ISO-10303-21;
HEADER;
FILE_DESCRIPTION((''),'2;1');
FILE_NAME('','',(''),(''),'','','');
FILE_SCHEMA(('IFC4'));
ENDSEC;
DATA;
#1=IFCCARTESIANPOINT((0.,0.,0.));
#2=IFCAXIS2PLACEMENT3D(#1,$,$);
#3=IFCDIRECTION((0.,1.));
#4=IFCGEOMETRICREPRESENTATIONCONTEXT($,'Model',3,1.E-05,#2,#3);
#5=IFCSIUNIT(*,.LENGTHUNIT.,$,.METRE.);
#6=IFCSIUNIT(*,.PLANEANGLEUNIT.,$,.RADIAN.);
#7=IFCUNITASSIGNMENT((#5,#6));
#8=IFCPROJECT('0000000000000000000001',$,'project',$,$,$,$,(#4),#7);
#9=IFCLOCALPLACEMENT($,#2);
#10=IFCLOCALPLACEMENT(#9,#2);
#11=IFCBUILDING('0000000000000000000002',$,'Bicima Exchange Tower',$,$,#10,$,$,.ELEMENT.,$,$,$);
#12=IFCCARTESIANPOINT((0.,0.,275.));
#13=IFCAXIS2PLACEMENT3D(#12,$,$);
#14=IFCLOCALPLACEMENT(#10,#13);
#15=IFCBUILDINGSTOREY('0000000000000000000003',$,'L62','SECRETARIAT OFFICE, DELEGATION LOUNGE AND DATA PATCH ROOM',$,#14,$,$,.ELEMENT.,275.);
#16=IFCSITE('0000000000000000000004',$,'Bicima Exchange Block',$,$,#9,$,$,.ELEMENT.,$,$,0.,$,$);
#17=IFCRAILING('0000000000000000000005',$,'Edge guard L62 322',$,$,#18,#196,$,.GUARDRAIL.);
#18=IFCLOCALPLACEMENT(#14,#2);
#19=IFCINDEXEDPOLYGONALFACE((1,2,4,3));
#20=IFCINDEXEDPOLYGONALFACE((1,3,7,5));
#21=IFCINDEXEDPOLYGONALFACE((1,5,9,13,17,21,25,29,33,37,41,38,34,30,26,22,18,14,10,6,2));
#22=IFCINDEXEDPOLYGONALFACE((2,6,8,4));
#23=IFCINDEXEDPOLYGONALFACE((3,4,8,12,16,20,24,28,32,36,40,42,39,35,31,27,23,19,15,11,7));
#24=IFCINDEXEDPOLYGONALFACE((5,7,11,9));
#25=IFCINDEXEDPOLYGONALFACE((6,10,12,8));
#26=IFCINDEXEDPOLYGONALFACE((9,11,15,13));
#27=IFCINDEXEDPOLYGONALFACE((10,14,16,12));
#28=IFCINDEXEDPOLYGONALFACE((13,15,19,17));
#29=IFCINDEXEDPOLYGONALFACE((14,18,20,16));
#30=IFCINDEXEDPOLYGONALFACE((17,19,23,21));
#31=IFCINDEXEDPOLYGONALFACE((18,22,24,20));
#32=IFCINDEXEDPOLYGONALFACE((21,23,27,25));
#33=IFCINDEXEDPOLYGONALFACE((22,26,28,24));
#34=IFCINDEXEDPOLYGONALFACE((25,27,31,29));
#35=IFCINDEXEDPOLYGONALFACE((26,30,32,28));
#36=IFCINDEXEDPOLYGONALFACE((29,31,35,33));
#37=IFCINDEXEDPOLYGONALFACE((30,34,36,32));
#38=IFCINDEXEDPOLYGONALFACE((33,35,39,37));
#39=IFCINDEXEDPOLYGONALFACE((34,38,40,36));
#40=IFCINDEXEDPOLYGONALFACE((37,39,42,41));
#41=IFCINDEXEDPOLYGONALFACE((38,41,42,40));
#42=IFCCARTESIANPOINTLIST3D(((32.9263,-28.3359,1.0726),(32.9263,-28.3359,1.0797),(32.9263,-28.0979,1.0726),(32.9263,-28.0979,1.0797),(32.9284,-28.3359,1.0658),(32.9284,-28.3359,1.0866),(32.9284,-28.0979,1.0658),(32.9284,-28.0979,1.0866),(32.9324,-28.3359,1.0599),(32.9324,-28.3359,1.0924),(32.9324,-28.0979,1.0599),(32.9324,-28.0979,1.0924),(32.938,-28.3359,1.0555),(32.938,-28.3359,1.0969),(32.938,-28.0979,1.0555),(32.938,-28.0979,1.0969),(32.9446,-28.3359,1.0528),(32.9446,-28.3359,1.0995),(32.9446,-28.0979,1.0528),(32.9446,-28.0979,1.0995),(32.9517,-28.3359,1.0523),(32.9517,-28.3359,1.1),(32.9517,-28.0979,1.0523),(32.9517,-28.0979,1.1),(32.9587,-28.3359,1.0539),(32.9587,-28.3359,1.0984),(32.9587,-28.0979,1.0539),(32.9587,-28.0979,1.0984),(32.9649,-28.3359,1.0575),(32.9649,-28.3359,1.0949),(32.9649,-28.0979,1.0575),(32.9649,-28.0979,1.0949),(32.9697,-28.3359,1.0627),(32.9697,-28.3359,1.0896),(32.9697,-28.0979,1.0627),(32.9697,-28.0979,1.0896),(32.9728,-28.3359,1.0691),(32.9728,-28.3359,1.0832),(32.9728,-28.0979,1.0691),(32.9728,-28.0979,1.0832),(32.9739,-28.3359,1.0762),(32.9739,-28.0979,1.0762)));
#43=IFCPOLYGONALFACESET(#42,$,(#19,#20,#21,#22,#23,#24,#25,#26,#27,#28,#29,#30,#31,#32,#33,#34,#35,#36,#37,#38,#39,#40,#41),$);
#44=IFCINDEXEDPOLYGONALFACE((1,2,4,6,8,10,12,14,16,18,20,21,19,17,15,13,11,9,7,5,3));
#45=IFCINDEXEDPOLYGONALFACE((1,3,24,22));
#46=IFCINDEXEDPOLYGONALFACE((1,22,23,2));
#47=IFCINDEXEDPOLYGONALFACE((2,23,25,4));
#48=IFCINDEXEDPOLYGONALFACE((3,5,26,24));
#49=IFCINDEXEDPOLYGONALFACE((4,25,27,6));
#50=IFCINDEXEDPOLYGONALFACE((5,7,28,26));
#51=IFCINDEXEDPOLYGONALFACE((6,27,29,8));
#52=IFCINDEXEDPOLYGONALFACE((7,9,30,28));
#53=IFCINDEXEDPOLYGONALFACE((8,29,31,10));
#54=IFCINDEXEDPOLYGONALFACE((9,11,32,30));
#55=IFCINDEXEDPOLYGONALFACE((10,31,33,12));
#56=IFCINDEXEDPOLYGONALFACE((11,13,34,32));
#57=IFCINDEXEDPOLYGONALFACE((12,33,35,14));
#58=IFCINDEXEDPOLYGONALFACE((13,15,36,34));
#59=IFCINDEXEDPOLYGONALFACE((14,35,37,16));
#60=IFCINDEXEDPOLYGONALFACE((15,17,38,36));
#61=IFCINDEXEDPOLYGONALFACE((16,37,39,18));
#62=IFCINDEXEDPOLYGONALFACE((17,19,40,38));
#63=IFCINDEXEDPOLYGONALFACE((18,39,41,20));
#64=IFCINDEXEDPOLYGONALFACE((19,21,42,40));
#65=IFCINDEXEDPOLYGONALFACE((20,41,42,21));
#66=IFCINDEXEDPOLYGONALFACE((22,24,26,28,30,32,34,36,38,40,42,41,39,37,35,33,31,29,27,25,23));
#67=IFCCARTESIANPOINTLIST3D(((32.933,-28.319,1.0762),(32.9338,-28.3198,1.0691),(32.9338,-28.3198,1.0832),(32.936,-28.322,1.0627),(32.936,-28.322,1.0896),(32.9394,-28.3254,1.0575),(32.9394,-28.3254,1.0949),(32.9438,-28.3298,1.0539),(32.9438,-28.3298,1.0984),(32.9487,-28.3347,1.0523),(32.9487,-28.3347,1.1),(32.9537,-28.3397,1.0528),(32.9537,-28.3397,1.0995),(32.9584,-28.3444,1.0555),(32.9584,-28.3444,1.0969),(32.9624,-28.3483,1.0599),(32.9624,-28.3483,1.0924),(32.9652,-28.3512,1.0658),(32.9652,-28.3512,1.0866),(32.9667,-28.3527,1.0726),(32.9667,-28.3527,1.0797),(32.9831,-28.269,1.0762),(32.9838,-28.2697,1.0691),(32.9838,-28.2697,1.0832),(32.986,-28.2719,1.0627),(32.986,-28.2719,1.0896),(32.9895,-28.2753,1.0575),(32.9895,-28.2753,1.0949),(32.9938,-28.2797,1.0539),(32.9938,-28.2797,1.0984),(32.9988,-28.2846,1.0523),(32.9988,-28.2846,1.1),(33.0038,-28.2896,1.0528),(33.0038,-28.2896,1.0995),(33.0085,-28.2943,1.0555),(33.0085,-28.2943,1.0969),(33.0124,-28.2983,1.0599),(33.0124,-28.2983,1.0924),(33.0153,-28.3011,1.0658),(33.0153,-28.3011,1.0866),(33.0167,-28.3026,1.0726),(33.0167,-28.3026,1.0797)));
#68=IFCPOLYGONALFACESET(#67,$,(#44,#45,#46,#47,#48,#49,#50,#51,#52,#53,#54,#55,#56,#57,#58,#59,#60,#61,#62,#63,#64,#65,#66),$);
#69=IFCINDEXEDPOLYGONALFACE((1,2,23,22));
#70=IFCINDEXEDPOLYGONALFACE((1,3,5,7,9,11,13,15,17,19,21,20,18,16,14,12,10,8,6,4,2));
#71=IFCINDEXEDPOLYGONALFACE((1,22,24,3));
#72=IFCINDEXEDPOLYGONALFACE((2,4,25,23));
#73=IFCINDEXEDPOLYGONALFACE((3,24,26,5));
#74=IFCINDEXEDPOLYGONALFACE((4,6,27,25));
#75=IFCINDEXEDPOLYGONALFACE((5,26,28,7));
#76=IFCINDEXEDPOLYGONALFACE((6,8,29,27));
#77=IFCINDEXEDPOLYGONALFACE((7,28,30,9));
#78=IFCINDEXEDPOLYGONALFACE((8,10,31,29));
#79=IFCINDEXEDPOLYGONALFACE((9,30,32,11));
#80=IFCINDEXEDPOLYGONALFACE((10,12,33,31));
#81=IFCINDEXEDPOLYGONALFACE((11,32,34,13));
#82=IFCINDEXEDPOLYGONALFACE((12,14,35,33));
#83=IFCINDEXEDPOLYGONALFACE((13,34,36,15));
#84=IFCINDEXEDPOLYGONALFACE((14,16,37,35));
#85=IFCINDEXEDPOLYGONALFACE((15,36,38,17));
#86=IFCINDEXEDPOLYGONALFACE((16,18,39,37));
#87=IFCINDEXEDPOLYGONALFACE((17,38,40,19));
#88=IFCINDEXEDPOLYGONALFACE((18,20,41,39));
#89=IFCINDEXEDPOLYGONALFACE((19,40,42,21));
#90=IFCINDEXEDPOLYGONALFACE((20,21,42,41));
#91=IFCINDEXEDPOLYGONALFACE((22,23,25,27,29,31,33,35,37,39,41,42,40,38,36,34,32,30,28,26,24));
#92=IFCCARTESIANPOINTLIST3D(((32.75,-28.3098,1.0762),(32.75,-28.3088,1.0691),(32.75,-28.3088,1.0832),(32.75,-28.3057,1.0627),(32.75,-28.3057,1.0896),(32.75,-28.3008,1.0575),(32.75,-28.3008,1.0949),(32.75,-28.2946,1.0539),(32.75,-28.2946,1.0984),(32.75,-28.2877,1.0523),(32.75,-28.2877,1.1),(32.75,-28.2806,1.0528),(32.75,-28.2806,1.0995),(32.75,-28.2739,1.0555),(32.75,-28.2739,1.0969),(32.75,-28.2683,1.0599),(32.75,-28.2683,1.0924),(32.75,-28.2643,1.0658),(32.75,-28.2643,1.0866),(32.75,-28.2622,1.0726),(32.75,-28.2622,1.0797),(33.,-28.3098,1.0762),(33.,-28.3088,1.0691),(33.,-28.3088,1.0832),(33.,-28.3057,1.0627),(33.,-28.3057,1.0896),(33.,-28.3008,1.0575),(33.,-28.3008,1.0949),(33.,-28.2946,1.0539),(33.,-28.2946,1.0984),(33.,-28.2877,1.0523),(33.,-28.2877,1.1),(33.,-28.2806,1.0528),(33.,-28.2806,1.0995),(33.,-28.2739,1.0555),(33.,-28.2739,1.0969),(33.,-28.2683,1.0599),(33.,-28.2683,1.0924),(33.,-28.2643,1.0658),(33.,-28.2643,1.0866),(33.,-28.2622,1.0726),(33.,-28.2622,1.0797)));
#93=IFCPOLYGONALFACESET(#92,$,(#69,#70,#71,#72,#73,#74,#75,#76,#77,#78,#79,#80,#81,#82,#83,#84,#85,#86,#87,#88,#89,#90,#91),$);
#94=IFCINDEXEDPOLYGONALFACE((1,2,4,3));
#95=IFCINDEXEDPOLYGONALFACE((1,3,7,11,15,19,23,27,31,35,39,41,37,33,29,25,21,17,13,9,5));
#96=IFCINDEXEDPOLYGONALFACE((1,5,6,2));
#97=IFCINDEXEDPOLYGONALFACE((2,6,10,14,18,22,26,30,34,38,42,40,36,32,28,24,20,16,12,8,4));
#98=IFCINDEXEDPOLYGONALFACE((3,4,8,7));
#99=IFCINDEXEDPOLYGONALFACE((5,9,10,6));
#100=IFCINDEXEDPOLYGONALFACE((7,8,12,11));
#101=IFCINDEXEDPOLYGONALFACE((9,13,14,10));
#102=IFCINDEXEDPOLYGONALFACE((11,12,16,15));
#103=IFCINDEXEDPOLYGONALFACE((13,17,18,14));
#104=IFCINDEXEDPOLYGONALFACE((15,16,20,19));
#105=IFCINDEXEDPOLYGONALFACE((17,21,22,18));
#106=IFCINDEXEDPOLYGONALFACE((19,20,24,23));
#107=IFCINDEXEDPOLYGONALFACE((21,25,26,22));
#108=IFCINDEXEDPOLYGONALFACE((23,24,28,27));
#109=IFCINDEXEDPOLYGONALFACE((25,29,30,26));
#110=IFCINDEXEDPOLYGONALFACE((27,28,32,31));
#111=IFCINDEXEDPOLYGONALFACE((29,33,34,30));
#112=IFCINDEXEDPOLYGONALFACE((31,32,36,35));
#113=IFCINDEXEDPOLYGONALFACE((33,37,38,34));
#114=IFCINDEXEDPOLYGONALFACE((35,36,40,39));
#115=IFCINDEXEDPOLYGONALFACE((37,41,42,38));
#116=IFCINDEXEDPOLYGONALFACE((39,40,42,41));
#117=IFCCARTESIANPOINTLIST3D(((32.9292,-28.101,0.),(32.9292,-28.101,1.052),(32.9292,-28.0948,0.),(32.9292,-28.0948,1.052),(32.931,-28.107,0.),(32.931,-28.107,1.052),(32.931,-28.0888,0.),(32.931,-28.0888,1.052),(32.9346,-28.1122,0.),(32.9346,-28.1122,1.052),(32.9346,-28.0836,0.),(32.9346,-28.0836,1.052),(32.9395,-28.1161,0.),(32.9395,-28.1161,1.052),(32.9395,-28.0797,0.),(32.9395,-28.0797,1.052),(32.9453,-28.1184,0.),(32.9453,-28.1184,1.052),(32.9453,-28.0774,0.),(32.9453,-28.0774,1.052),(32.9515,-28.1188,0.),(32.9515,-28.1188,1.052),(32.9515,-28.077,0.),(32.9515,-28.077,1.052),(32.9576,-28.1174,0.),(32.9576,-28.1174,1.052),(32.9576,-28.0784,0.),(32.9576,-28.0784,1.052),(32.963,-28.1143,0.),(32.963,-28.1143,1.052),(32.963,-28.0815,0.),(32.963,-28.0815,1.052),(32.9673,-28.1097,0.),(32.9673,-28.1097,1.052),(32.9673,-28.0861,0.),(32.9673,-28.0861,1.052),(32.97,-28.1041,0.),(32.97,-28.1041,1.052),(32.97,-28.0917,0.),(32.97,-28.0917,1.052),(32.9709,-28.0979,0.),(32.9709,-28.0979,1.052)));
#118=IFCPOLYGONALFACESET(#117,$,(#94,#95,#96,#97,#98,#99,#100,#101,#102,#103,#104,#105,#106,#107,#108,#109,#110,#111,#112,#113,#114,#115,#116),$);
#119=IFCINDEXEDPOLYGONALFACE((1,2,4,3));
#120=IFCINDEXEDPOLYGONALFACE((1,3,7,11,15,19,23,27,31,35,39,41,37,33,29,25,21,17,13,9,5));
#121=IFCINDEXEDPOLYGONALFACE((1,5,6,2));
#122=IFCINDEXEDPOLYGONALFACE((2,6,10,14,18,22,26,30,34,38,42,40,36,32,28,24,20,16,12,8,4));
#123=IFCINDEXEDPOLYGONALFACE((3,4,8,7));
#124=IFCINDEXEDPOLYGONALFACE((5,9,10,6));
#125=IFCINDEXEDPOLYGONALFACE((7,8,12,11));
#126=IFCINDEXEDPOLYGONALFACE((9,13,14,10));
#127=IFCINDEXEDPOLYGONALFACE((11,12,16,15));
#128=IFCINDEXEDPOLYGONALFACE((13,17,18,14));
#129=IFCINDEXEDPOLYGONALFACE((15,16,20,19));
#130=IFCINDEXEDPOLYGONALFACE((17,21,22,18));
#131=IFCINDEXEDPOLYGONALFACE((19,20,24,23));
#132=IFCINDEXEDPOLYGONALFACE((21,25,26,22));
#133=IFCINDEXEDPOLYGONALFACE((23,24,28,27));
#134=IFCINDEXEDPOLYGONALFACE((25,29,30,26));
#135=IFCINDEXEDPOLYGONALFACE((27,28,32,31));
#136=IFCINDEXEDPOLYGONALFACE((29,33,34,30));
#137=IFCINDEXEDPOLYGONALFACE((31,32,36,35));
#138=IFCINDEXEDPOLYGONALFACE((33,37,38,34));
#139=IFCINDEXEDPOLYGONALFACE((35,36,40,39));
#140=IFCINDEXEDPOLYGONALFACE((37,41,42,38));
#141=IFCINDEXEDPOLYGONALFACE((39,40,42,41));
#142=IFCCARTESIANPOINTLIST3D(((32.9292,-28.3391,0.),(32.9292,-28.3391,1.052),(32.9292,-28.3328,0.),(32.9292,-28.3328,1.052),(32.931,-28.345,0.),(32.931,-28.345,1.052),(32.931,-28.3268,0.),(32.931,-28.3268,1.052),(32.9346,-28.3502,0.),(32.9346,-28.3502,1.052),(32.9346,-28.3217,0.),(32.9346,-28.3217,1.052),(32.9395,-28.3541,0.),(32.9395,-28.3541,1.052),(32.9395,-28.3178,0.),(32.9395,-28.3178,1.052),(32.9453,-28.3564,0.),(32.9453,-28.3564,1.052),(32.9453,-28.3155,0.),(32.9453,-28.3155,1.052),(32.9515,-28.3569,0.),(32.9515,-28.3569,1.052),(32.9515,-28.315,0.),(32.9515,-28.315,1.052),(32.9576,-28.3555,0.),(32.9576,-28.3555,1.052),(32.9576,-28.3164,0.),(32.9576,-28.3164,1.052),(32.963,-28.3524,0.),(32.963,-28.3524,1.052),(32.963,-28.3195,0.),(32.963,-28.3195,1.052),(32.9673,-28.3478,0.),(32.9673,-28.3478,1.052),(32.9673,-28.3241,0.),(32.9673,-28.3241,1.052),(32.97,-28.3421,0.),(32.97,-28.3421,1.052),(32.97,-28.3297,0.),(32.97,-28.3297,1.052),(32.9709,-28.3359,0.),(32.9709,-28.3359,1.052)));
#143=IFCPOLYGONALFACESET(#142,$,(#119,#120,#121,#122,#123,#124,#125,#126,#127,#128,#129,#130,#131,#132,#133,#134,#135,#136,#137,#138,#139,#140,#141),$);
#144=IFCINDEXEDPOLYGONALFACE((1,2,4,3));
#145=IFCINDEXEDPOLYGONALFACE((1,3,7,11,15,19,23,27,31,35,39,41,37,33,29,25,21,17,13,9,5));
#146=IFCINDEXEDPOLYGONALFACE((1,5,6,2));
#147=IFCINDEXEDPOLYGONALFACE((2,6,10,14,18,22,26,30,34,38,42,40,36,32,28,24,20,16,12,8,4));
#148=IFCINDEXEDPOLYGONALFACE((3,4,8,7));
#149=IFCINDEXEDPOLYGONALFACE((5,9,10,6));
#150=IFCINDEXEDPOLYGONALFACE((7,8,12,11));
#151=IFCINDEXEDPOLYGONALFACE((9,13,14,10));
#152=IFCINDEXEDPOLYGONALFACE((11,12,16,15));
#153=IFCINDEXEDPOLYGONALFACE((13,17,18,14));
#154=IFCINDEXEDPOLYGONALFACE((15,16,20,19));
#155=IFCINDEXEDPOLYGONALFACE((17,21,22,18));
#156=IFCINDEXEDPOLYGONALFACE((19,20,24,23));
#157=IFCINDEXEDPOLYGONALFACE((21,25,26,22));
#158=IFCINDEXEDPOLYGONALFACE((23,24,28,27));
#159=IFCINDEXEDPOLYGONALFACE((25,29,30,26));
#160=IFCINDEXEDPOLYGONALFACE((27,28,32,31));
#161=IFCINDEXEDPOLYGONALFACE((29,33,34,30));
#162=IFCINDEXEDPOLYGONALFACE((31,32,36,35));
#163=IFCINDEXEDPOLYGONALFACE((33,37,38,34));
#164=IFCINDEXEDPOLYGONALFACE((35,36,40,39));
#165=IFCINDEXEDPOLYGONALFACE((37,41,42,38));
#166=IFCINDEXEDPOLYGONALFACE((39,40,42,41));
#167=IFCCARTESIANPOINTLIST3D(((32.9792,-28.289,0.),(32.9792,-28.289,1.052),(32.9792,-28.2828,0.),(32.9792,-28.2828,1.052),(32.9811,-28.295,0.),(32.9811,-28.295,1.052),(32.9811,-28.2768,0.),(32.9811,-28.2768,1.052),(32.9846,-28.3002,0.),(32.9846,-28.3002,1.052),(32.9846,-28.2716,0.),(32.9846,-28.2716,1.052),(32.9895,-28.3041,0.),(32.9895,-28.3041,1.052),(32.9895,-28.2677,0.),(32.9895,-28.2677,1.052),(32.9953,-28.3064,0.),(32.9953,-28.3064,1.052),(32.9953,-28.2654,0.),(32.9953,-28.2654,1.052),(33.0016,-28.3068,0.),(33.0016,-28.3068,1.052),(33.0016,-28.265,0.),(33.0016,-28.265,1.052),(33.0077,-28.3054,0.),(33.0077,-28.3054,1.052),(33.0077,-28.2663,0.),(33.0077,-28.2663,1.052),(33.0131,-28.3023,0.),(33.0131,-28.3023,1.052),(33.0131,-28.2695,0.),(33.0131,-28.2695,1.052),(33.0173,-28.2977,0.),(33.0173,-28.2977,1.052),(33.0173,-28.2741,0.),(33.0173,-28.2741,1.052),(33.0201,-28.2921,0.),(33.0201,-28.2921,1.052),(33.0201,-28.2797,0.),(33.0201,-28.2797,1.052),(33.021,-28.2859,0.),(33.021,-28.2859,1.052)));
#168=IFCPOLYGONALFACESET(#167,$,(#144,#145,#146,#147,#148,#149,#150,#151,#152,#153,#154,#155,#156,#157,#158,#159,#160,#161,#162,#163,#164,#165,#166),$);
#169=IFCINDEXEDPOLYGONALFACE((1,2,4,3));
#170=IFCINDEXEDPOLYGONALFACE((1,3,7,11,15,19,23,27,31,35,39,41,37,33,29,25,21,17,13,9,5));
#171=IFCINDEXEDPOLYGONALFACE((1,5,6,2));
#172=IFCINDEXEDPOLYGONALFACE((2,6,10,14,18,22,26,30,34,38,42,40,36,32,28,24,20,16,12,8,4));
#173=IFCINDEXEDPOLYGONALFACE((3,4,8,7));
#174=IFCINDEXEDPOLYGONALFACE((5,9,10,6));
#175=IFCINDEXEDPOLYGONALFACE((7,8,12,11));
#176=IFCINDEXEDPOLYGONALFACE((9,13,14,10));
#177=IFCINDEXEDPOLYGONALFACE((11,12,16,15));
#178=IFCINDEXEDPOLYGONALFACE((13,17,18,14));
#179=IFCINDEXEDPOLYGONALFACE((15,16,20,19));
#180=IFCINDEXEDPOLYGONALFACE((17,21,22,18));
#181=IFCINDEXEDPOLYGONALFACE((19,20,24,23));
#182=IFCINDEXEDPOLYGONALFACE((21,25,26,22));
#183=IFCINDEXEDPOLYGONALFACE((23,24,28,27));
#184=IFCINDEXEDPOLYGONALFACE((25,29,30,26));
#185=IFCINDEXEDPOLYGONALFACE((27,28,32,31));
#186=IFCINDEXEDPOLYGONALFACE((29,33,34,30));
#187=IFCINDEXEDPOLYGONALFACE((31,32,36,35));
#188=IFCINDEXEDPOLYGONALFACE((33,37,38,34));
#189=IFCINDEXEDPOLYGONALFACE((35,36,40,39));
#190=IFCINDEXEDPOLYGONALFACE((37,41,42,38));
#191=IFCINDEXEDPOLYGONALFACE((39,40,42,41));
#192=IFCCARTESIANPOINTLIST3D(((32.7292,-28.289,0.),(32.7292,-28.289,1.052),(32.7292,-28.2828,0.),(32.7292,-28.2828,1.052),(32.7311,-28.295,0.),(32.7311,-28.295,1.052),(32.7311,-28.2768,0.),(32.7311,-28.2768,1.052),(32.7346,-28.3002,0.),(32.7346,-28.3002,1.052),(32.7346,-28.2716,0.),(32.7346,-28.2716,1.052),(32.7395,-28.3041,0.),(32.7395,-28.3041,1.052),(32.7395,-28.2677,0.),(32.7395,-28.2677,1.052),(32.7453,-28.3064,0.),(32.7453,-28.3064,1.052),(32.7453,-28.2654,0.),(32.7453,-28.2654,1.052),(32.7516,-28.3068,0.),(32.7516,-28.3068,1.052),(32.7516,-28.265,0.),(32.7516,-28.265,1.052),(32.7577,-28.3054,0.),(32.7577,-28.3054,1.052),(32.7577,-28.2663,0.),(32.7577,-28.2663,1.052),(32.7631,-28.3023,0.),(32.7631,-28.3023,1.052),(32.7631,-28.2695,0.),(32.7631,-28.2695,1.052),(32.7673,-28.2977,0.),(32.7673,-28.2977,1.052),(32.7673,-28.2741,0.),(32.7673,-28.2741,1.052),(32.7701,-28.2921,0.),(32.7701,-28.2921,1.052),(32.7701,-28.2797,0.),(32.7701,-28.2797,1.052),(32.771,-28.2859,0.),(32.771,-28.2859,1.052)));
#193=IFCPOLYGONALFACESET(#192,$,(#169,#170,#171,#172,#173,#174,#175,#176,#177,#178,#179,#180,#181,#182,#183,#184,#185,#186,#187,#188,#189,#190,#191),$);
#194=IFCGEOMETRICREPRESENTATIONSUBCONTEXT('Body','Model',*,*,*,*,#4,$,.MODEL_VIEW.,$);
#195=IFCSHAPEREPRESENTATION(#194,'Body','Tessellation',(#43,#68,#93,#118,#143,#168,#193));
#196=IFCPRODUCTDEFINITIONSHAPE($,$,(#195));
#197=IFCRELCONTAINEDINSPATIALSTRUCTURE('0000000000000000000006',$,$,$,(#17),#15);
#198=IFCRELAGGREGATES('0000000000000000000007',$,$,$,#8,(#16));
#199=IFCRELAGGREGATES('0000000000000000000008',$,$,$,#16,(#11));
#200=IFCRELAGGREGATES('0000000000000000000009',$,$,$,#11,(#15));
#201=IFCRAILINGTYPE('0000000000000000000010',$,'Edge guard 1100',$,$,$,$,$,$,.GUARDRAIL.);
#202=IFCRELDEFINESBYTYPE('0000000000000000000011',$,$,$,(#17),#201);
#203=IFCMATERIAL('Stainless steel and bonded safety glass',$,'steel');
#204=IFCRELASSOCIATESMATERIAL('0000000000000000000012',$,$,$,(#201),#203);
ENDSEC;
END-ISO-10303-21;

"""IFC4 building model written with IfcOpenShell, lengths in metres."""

from ifc_helpers import new_model, si_unit, direction, frame, origin, origin_2d, place, context, subcontext, project, spatial, circle, extrude, material, type_object, element, save


model = new_model("IFC4")

# Units and contexts
model_context = context("Model", 3, precision=1e-05, world=origin(), true_north=direction((0.0, 1.0)))
body_context = subcontext(model_context, "Body", "Model", "MODEL_VIEW")
ifc_project = project(units=[si_unit("LENGTHUNIT", "METRE"), si_unit("PLANEANGLEUNIT", "RADIAN")], contexts=[model_context])

# Site, building, storey
site_placement = place(None, origin())
site = spatial("IfcSite", under=ifc_project, at=site_placement, Name="Bicima Exchange Block", CompositionType="ELEMENT", RefElevation=0.0)
building_placement = place(site_placement, origin())
building = spatial("IfcBuilding", under=site, at=building_placement, Name="Bicima Exchange Tower", CompositionType="ELEMENT")
storey_placement = place(building_placement, frame((0.0, 0.0, 275.0)))
storey = spatial("IfcBuildingStorey", under=building, at=storey_placement, Name="L62", Description="SECRETARIAT OFFICE, DELEGATION LOUNGE AND DATA PATCH ROOM", CompositionType="ELEMENT", Elevation=275.0)

# Railing
ifc_material_1 = material(Name="Stainless steel and bonded safety glass", Category="steel")
railing_type = type_object("IfcRailingType", Name="Edge guard 1100", PredefinedType="GUARDRAIL", material=ifc_material_1)
railing_1_placement = place(storey_placement, frame((32.95, -28.0979, 0.0)))
element("IfcRailing", 1, at=railing_1_placement, inside=storey, type_object=railing_type, Name="Edge guard L62 322", PredefinedType="GUARDRAIL", context=body_context, shape_type="SweptSolid", body=[
    extrude(circle(Radius=0.0239, at=origin_2d()), frame((0.0, 0.0, 1.0762), z_axis=(0.0, -1.0, 0.0), x_axis=(1.0, 0.0, 0.0)), (0.0, 0.0, 1.0), 0.238),
    extrude(circle(Radius=0.0239, at=origin_2d()), frame((0.0, -0.238, 1.0762), z_axis=(0.707107, 0.707107, 0.0), x_axis=(-0.707107, 0.707107, 0.0)), (0.0, 0.0, 1.0), 0.0708),
    extrude(circle(Radius=0.0239, at=origin_2d()), frame((0.05, -0.188, 1.0762), z_axis=(-1.0, 0.0, 0.0), x_axis=(0.0, -1.0, 0.0)), (0.0, 0.0, 1.0), 0.25),
    extrude(circle(Radius=0.021, at=origin_2d()), origin(), (0.0, 0.0, 1.0), 1.052),
    extrude(circle(Radius=0.021, at=origin_2d()), frame((0.0, -0.238, 0.0)), (0.0, 0.0, 1.0), 1.052),
    extrude(circle(Radius=0.021, at=origin_2d()), frame((0.05, -0.188, 0.0)), (0.0, 0.0, 1.0), 1.052),
    extrude(circle(Radius=0.021, at=origin_2d()), frame((-0.2, -0.188, 0.0)), (0.0, 0.0, 1.0), 1.052),
])

save(model, "model.ifc")
